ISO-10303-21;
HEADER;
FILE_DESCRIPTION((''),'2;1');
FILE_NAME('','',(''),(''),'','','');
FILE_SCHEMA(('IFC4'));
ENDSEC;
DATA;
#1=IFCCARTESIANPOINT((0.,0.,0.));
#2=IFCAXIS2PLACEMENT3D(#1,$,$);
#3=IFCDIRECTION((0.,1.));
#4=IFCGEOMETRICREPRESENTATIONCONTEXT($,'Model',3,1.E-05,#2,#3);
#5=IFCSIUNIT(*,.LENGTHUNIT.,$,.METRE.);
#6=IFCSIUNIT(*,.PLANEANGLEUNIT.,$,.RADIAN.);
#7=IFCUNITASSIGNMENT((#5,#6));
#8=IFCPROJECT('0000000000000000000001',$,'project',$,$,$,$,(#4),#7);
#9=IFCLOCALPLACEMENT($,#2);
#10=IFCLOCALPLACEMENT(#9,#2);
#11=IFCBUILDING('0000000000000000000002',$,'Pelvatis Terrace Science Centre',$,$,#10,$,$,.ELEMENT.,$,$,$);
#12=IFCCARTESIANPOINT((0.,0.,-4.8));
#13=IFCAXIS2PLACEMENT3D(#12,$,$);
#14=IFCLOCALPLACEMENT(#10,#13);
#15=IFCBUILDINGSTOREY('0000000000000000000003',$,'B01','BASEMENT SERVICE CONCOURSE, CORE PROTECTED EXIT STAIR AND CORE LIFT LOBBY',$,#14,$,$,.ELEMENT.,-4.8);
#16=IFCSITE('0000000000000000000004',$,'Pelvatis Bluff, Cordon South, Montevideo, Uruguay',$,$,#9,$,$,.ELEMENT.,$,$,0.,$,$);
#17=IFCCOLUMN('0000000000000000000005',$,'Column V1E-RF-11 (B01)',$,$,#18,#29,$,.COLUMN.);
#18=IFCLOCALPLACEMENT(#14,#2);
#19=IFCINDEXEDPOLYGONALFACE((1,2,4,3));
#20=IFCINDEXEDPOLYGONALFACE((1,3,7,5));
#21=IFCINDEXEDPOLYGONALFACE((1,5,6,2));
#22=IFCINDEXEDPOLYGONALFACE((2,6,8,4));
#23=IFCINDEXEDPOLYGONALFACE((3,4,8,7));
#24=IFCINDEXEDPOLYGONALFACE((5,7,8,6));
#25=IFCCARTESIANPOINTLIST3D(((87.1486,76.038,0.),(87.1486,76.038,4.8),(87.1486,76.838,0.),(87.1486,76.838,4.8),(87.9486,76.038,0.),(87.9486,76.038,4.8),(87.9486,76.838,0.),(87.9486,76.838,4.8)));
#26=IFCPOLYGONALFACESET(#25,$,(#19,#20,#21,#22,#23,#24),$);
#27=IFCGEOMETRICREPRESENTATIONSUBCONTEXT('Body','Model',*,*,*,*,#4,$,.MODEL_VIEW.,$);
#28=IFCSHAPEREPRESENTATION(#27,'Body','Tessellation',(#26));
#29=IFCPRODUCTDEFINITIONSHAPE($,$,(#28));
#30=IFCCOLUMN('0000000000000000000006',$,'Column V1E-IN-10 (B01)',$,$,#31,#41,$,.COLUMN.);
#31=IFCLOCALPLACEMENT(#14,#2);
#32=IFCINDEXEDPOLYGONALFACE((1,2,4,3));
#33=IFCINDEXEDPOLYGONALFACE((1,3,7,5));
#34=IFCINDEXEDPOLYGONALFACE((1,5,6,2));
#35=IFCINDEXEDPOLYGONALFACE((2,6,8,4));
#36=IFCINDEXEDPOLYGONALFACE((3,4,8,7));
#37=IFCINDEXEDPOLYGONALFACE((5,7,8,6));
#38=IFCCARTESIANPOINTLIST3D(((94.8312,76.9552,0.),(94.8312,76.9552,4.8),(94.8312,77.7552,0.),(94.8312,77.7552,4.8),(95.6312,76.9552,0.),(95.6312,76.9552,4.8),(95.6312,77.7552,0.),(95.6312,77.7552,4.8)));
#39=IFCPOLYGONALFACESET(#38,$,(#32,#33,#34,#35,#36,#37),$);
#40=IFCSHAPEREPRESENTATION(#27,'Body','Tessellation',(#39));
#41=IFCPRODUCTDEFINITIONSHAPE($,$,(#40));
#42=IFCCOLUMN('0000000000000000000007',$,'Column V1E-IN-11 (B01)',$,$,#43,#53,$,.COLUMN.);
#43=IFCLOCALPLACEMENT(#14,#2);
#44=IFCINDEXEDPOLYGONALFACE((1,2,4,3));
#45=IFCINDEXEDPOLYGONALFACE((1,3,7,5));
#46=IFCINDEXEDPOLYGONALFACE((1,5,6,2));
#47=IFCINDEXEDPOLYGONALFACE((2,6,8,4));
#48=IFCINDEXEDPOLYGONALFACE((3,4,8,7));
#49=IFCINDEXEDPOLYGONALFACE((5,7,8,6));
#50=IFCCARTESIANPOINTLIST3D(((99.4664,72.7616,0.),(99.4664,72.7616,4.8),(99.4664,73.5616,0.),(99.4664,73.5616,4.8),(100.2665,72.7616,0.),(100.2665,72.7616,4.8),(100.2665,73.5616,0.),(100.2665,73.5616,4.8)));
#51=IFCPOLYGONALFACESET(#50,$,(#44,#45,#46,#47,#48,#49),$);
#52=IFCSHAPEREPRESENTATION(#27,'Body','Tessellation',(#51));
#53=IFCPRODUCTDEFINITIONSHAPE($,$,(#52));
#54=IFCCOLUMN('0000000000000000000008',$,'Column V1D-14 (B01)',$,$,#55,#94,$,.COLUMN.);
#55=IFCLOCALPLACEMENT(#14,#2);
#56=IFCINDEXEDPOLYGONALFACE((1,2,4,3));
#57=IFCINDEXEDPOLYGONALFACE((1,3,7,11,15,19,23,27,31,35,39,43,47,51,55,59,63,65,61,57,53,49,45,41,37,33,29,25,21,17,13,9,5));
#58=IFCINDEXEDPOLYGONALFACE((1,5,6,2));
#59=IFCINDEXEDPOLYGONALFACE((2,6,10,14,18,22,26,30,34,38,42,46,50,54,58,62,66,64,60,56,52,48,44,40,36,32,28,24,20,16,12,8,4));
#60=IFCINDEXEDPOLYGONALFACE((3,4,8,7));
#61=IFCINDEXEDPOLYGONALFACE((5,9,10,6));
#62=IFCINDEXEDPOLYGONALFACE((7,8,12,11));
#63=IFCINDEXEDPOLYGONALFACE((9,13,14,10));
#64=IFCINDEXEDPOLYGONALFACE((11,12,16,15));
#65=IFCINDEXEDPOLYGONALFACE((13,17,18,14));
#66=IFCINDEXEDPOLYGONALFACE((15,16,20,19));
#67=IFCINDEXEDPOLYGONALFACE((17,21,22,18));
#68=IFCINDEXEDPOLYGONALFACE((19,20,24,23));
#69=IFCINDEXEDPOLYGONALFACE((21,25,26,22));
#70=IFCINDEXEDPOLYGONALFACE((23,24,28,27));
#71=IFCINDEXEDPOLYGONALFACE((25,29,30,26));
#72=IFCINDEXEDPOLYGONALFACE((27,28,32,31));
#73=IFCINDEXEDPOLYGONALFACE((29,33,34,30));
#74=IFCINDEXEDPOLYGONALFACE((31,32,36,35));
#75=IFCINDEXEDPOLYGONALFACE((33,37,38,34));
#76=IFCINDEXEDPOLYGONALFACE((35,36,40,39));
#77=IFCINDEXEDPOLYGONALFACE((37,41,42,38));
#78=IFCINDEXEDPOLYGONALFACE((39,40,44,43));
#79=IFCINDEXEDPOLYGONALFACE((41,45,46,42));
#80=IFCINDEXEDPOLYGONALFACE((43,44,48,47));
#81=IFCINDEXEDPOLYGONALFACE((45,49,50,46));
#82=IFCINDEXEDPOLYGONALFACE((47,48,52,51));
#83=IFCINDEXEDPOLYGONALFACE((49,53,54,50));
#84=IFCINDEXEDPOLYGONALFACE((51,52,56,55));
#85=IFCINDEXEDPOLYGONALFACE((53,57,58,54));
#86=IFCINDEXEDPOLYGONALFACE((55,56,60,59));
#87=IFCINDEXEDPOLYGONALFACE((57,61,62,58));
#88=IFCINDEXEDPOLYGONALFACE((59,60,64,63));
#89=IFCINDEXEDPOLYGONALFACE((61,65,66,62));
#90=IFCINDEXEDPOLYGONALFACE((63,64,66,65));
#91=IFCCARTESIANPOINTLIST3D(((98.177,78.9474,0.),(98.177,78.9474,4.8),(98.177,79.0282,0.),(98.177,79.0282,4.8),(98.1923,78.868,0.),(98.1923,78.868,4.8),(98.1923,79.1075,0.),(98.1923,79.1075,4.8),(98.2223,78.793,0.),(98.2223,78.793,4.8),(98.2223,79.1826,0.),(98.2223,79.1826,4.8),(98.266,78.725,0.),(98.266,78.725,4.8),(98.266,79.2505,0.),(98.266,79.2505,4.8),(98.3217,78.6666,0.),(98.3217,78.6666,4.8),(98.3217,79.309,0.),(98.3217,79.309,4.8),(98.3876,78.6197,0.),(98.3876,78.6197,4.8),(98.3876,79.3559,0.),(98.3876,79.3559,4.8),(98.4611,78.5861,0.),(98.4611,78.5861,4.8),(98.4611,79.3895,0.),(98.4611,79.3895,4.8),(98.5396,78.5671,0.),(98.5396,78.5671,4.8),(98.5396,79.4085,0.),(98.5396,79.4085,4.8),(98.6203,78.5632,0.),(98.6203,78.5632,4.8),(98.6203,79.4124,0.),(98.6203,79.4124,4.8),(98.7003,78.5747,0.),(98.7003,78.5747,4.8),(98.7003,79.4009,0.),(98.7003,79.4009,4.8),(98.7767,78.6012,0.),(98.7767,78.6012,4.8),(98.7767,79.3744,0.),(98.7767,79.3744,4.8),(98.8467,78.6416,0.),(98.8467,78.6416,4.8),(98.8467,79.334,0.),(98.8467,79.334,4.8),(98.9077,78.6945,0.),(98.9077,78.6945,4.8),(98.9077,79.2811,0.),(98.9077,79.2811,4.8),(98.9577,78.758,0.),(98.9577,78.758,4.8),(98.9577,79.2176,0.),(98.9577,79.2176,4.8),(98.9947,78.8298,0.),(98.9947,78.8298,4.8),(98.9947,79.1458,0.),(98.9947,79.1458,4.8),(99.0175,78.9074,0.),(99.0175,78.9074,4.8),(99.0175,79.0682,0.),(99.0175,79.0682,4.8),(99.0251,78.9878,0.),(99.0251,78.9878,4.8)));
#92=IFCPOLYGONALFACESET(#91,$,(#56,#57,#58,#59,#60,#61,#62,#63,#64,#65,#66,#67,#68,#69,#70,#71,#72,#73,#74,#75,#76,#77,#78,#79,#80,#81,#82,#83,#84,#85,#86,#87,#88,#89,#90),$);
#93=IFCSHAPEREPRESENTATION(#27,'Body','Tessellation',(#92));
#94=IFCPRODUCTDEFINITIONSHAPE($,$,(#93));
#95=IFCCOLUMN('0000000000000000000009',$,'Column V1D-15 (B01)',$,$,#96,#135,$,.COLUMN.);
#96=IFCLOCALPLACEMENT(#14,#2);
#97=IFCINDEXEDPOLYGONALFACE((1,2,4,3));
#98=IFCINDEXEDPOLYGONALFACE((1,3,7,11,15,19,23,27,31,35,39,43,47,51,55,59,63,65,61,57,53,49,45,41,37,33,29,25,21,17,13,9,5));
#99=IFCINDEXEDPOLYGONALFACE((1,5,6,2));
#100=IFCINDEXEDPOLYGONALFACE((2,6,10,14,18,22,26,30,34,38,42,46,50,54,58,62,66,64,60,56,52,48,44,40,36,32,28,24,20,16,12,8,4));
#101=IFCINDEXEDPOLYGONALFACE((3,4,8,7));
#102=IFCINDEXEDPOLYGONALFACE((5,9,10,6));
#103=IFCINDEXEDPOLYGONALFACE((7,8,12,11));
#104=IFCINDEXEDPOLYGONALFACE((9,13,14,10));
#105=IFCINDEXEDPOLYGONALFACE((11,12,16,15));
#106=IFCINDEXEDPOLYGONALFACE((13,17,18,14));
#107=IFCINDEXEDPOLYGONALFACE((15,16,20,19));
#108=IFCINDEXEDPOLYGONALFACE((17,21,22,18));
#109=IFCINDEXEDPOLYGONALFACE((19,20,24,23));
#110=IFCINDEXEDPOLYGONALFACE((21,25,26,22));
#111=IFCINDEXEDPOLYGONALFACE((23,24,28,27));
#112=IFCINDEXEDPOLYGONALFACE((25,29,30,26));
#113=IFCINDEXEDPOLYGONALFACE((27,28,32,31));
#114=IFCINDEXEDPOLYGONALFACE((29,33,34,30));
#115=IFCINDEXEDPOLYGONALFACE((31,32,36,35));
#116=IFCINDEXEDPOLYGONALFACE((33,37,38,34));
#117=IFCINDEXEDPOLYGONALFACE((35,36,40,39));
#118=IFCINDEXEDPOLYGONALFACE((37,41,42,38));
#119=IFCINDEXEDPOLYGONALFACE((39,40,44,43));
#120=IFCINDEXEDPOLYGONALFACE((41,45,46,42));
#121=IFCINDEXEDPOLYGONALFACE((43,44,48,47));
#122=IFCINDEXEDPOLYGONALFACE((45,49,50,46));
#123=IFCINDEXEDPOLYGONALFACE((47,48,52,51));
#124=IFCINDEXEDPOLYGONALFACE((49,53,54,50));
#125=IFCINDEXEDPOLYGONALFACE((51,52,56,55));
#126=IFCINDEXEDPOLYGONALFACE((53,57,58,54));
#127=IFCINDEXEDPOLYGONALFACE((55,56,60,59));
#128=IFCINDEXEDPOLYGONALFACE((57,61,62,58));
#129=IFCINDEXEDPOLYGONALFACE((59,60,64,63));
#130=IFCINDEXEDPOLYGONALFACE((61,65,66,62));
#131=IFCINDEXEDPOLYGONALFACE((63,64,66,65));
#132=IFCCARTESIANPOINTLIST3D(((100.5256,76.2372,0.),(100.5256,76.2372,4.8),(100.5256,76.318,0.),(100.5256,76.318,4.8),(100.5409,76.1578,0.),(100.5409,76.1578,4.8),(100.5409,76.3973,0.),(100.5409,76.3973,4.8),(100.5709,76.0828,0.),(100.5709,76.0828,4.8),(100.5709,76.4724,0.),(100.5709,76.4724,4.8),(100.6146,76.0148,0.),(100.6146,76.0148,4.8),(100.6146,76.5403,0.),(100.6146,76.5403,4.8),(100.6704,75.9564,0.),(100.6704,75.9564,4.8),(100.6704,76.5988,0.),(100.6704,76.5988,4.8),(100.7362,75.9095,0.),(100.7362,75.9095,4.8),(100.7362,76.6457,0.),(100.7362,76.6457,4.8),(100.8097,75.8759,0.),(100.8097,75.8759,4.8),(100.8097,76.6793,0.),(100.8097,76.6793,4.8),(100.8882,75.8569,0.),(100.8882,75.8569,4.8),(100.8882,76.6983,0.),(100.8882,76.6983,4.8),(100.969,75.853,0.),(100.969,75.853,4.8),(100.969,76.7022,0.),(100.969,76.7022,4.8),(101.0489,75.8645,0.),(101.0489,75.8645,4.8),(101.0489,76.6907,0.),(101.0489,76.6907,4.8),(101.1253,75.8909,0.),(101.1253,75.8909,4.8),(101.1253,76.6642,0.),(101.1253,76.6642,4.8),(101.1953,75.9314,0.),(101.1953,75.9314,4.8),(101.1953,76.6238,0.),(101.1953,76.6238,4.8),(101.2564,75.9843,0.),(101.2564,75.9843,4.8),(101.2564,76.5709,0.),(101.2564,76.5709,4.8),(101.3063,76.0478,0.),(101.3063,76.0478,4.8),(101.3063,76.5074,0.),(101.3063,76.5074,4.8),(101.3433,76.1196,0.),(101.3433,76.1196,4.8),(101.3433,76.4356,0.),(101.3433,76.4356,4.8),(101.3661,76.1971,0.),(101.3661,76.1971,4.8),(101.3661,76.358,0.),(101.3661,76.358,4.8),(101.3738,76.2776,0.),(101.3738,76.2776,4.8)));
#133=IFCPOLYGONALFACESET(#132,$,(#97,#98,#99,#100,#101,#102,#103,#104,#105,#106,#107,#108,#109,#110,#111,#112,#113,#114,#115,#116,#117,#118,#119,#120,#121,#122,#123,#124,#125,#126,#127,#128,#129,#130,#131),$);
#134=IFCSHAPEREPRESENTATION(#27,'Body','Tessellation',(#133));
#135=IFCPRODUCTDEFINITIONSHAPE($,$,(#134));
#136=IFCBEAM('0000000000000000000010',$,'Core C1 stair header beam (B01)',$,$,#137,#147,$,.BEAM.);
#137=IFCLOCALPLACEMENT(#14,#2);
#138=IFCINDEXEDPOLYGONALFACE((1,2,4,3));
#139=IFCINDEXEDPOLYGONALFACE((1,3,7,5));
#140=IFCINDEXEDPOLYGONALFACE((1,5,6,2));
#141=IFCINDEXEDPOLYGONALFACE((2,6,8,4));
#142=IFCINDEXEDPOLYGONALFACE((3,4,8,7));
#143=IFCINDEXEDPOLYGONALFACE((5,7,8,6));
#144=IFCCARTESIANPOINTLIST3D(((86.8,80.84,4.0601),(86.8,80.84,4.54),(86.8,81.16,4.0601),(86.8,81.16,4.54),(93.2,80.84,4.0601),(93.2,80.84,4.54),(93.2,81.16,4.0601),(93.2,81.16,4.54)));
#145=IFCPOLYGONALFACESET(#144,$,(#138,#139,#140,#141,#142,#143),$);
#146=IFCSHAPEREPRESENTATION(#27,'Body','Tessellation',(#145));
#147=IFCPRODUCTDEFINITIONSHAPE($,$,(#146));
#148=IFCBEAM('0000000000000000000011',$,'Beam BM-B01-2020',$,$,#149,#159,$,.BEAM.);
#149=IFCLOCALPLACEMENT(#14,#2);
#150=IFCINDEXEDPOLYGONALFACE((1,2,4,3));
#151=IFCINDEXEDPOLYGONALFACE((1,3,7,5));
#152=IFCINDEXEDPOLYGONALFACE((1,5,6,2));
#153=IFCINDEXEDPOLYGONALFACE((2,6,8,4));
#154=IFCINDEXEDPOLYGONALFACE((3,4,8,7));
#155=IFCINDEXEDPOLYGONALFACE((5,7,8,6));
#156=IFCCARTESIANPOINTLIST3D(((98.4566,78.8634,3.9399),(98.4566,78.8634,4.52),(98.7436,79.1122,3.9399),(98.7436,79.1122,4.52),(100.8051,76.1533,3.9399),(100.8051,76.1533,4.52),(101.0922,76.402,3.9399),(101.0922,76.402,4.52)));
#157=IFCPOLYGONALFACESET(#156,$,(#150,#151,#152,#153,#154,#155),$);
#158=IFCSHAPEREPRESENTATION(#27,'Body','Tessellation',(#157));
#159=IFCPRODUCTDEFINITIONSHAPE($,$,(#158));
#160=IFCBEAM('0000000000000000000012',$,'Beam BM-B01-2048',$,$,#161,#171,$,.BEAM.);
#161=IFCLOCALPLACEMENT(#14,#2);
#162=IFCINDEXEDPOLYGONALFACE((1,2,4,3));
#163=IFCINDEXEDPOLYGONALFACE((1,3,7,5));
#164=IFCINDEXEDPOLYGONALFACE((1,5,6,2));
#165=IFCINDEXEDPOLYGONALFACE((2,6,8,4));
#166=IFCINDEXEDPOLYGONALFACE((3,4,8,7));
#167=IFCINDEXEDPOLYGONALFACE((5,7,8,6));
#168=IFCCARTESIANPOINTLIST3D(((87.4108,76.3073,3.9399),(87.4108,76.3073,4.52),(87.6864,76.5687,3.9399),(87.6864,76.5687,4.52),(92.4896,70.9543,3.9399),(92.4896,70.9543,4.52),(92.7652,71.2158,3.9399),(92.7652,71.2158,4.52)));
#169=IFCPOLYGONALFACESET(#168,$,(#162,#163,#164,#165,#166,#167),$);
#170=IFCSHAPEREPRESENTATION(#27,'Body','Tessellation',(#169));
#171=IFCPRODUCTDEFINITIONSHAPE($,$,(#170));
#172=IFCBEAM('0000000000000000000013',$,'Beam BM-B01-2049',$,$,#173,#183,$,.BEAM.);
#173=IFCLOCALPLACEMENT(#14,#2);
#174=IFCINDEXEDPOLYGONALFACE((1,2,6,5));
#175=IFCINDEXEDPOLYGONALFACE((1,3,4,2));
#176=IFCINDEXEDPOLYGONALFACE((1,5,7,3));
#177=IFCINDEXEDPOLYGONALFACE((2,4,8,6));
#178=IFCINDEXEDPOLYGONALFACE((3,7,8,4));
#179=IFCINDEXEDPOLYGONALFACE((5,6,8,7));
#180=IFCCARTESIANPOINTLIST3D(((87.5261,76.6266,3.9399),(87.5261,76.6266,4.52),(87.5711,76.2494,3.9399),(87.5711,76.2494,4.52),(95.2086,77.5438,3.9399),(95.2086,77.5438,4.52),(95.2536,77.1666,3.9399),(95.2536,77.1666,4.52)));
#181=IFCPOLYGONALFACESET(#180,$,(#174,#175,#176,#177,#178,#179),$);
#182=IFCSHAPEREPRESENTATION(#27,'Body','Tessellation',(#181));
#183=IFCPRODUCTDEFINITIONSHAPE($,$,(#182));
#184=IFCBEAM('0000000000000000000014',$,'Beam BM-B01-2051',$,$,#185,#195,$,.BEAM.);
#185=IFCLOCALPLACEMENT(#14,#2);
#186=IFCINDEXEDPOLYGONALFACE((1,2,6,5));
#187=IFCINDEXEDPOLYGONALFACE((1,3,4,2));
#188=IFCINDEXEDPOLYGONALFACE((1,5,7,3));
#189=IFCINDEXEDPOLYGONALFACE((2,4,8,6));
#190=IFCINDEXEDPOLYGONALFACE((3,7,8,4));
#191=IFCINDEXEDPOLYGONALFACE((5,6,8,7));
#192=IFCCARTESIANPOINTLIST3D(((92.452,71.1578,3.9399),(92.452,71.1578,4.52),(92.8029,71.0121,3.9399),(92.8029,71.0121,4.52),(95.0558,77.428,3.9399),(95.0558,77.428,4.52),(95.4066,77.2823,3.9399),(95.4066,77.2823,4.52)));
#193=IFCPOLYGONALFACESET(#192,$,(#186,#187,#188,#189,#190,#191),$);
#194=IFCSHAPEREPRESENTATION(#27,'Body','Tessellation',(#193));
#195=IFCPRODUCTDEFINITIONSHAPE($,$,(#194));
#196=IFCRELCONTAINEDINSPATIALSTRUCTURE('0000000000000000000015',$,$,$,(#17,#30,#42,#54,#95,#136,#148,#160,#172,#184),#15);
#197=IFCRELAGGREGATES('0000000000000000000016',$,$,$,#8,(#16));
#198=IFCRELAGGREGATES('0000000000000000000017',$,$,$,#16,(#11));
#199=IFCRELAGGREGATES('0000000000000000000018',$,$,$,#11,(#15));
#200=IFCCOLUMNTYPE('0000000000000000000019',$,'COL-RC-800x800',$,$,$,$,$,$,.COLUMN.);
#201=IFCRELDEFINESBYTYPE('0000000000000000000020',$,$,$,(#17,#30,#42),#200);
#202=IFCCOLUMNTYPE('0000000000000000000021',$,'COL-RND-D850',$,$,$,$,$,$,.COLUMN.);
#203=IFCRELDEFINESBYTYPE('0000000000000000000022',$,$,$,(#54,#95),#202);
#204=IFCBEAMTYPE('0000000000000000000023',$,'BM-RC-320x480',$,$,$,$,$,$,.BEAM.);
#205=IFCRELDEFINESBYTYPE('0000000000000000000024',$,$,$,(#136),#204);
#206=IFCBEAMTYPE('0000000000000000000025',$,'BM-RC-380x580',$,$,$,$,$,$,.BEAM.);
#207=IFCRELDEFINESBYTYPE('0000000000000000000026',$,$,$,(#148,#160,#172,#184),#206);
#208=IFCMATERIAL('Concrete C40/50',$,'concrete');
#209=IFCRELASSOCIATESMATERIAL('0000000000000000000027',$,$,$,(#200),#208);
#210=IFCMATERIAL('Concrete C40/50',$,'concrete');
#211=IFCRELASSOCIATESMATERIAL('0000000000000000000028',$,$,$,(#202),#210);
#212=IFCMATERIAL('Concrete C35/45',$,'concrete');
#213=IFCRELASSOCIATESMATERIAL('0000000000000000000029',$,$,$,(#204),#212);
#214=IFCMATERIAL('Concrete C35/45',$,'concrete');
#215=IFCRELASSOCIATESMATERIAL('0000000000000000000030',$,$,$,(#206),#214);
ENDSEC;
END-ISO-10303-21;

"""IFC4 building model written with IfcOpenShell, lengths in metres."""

from ifc_helpers import new_model, si_unit, direction, frame, origin, origin_2d, place, context, subcontext, project, spatial, rectangle, circle, extrude, material, material_profile, profile_set, type_object, element, save


model = new_model("IFC4")

# Units and contexts
model_context = context("Model", 3, precision=1e-05, world=origin(), true_north=direction((0.0, 1.0)))
body_context = subcontext(model_context, "Body", "Model", "MODEL_VIEW")
ifc_project = project(units=[si_unit("LENGTHUNIT", "METRE"), si_unit("PLANEANGLEUNIT", "RADIAN")], contexts=[model_context])

# Site, building, storey
site_placement = place(None, origin())
site = spatial("IfcSite", under=ifc_project, at=site_placement, Name="Pelvatis Bluff, Cordon South, Montevideo, Uruguay", CompositionType="ELEMENT", RefElevation=0.0)
building_placement = place(site_placement, origin())
building = spatial("IfcBuilding", under=site, at=building_placement, Name="Pelvatis Terrace Science Centre", CompositionType="ELEMENT")
storey_placement = place(building_placement, frame((0.0, 0.0, -4.8)))
storey = spatial("IfcBuildingStorey", under=building, at=storey_placement, Name="B01", Description="BASEMENT SERVICE CONCOURSE, CORE PROTECTED EXIT STAIR AND CORE LIFT LOBBY", CompositionType="ELEMENT", Elevation=-4.8)

# Columns
ifc_material_1 = material(Name="Concrete C40/50", Category="concrete")
ifc_material_profile_1 = material_profile(ifc_material_1, rectangle(XDim=0.8, YDim=0.8, at=origin_2d()), Name="RC-COL 800x800")
ifc_profile_set_1 = profile_set([ifc_material_profile_1], Name="Concrete C40/50")
column_type_1 = type_object("IfcColumnType", Name="COL-RC-800x800", PredefinedType="COLUMN", material=ifc_profile_set_1)
for number, where, z_axis, x_axis, name in (
    (1, (87.5486, 76.438, 0.0), (0.0, 0.0, 1.0), (1.0, 0.0, 0.0), "Column V1E-RF-11 (B01)"),
    (2, (95.2312, 77.3552, 0.0), (0.0, 0.0, 1.0), (1.0, 0.0, 0.0), "Column V1E-IN-10 (B01)"),
    (3, (99.8665, 73.1616, 0.0), (0.0, 0.0, 1.0), (1.0, 0.0, 0.0), "Column V1E-IN-11 (B01)"),
):
    element("IfcColumn", number, at=place(storey_placement, frame(where, z_axis=z_axis, x_axis=x_axis)), inside=storey, type_object=column_type_1, Name=name, PredefinedType="COLUMN", context=body_context, shape_type="SweptSolid", body=[
        extrude(rectangle(XDim=0.8, YDim=0.8, at=origin_2d()), origin(), (0.0, 0.0, 1.0), 4.8),
    ])
ifc_material_2 = material(Name="Concrete C40/50", Category="concrete")
ifc_material_profile_2 = material_profile(ifc_material_2, circle(Radius=0.425, at=origin_2d()), Name="RC-RCOL D850")
ifc_profile_set_2 = profile_set([ifc_material_profile_2], Name="Concrete C40/50")
column_type_2 = type_object("IfcColumnType", Name="COL-RND-D850", PredefinedType="COLUMN", material=ifc_profile_set_2)
for number, where, z_axis, x_axis, name in (
    (4, (98.6001, 78.9878, 0.0), (0.0, 0.0, 1.0), (1.0, 0.0, 0.0), "Column V1D-14 (B01)"),
    (5, (100.9487, 76.2776, 0.0), (0.0, 0.0, 1.0), (1.0, 0.0, 0.0), "Column V1D-15 (B01)"),
):
    element("IfcColumn", number, at=place(storey_placement, frame(where, z_axis=z_axis, x_axis=x_axis)), inside=storey, type_object=column_type_2, Name=name, PredefinedType="COLUMN", context=body_context, shape_type="SweptSolid", body=[
        extrude(circle(Radius=0.425, at=origin_2d()), origin(), (0.0, 0.0, 1.0), 4.8),
    ])

# Beams
ifc_material_3 = material(Name="Concrete C35/45", Category="concrete")
ifc_material_profile_3 = material_profile(ifc_material_3, rectangle(XDim=0.3201, YDim=0.48, at=origin_2d()), Name="RC-BM 320x480")
ifc_profile_set_3 = profile_set([ifc_material_profile_3], Name="Concrete C35/45")
beam_type_1 = type_object("IfcBeamType", Name="BM-RC-320x480", PredefinedType="BEAM", material=ifc_profile_set_3)
beam_1_placement = place(storey_placement, frame((86.8, 81.0, 4.3), z_axis=(1.0, 0.0, 0.0), x_axis=(0.0, 1.0, 0.0)))
element("IfcBeam", 6, at=beam_1_placement, inside=storey, type_object=beam_type_1, Name="Core C1 stair header beam (B01)", PredefinedType="BEAM", context=body_context, shape_type="SweptSolid", body=[
    extrude(rectangle(XDim=0.3201, YDim=0.48, at=origin_2d()), origin(), (0.0, 0.0, 1.0), 6.3999),
])
ifc_material_4 = material(Name="Concrete C35/45", Category="concrete")
ifc_material_profile_4 = material_profile(ifc_material_4, rectangle(XDim=0.3799, YDim=0.5801, at=origin_2d()), Name="RC-BM 380x580")
ifc_profile_set_4 = profile_set([ifc_material_profile_4], Name="Concrete C35/45")
beam_type_2 = type_object("IfcBeamType", Name="BM-RC-380x580", PredefinedType="BEAM", material=ifc_profile_set_4)
beam_2_placement = place(storey_placement, frame((98.6001, 78.9878, 4.23), z_axis=(0.654897, -0.755718, 0.0), x_axis=(0.755718, 0.654897, 0.0)))
element("IfcBeam", 7, at=beam_2_placement, inside=storey, type_object=beam_type_2, Name="Beam BM-B01-2020", PredefinedType="BEAM", context=body_context, shape_type="SweptSolid", body=[
    extrude(rectangle(XDim=0.3799, YDim=0.5801, at=origin_2d()), origin(), (0.0, 0.0, 1.0), 3.5862),
])
beam_3_placement = place(storey_placement, frame((87.5486, 76.438, 4.23), z_axis=(0.688285, -0.72544, 0.0), x_axis=(0.72544, 0.688285, 0.0)))
element("IfcBeam", 8, at=beam_3_placement, inside=storey, type_object=beam_type_2, Name="Beam BM-B01-2048", PredefinedType="BEAM", context=body_context, shape_type="SweptSolid", body=[
    extrude(rectangle(XDim=0.3799, YDim=0.5801, at=origin_2d()), origin(), (0.0, 0.0, 1.0), 7.3789),
])
beam_4_placement = place(storey_placement, frame((87.5486, 76.438, 4.23), z_axis=(0.992948, 0.118549, 0.0), x_axis=(-0.118549, 0.992948, 0.0)))
element("IfcBeam", 9, at=beam_4_placement, inside=storey, type_object=beam_type_2, Name="Beam BM-B01-2049", PredefinedType="BEAM", context=body_context, shape_type="SweptSolid", body=[
    extrude(rectangle(XDim=0.3799, YDim=0.5801, at=origin_2d()), origin(), (0.0, 0.0, 1.0), 7.7371),
])
beam_5_placement = place(storey_placement, frame((92.6274, 71.085, 4.23), z_axis=(0.383504, 0.923539, 0.0), x_axis=(-0.923539, 0.383504, 0.0)))
element("IfcBeam", 10, at=beam_5_placement, inside=storey, type_object=beam_type_2, Name="Beam BM-B01-2051", PredefinedType="BEAM", context=body_context, shape_type="SweptSolid", body=[
    extrude(rectangle(XDim=0.3799, YDim=0.5801, at=origin_2d()), origin(), (0.0, 0.0, 1.0), 6.7893),
])

save(model, "model.ifc")
